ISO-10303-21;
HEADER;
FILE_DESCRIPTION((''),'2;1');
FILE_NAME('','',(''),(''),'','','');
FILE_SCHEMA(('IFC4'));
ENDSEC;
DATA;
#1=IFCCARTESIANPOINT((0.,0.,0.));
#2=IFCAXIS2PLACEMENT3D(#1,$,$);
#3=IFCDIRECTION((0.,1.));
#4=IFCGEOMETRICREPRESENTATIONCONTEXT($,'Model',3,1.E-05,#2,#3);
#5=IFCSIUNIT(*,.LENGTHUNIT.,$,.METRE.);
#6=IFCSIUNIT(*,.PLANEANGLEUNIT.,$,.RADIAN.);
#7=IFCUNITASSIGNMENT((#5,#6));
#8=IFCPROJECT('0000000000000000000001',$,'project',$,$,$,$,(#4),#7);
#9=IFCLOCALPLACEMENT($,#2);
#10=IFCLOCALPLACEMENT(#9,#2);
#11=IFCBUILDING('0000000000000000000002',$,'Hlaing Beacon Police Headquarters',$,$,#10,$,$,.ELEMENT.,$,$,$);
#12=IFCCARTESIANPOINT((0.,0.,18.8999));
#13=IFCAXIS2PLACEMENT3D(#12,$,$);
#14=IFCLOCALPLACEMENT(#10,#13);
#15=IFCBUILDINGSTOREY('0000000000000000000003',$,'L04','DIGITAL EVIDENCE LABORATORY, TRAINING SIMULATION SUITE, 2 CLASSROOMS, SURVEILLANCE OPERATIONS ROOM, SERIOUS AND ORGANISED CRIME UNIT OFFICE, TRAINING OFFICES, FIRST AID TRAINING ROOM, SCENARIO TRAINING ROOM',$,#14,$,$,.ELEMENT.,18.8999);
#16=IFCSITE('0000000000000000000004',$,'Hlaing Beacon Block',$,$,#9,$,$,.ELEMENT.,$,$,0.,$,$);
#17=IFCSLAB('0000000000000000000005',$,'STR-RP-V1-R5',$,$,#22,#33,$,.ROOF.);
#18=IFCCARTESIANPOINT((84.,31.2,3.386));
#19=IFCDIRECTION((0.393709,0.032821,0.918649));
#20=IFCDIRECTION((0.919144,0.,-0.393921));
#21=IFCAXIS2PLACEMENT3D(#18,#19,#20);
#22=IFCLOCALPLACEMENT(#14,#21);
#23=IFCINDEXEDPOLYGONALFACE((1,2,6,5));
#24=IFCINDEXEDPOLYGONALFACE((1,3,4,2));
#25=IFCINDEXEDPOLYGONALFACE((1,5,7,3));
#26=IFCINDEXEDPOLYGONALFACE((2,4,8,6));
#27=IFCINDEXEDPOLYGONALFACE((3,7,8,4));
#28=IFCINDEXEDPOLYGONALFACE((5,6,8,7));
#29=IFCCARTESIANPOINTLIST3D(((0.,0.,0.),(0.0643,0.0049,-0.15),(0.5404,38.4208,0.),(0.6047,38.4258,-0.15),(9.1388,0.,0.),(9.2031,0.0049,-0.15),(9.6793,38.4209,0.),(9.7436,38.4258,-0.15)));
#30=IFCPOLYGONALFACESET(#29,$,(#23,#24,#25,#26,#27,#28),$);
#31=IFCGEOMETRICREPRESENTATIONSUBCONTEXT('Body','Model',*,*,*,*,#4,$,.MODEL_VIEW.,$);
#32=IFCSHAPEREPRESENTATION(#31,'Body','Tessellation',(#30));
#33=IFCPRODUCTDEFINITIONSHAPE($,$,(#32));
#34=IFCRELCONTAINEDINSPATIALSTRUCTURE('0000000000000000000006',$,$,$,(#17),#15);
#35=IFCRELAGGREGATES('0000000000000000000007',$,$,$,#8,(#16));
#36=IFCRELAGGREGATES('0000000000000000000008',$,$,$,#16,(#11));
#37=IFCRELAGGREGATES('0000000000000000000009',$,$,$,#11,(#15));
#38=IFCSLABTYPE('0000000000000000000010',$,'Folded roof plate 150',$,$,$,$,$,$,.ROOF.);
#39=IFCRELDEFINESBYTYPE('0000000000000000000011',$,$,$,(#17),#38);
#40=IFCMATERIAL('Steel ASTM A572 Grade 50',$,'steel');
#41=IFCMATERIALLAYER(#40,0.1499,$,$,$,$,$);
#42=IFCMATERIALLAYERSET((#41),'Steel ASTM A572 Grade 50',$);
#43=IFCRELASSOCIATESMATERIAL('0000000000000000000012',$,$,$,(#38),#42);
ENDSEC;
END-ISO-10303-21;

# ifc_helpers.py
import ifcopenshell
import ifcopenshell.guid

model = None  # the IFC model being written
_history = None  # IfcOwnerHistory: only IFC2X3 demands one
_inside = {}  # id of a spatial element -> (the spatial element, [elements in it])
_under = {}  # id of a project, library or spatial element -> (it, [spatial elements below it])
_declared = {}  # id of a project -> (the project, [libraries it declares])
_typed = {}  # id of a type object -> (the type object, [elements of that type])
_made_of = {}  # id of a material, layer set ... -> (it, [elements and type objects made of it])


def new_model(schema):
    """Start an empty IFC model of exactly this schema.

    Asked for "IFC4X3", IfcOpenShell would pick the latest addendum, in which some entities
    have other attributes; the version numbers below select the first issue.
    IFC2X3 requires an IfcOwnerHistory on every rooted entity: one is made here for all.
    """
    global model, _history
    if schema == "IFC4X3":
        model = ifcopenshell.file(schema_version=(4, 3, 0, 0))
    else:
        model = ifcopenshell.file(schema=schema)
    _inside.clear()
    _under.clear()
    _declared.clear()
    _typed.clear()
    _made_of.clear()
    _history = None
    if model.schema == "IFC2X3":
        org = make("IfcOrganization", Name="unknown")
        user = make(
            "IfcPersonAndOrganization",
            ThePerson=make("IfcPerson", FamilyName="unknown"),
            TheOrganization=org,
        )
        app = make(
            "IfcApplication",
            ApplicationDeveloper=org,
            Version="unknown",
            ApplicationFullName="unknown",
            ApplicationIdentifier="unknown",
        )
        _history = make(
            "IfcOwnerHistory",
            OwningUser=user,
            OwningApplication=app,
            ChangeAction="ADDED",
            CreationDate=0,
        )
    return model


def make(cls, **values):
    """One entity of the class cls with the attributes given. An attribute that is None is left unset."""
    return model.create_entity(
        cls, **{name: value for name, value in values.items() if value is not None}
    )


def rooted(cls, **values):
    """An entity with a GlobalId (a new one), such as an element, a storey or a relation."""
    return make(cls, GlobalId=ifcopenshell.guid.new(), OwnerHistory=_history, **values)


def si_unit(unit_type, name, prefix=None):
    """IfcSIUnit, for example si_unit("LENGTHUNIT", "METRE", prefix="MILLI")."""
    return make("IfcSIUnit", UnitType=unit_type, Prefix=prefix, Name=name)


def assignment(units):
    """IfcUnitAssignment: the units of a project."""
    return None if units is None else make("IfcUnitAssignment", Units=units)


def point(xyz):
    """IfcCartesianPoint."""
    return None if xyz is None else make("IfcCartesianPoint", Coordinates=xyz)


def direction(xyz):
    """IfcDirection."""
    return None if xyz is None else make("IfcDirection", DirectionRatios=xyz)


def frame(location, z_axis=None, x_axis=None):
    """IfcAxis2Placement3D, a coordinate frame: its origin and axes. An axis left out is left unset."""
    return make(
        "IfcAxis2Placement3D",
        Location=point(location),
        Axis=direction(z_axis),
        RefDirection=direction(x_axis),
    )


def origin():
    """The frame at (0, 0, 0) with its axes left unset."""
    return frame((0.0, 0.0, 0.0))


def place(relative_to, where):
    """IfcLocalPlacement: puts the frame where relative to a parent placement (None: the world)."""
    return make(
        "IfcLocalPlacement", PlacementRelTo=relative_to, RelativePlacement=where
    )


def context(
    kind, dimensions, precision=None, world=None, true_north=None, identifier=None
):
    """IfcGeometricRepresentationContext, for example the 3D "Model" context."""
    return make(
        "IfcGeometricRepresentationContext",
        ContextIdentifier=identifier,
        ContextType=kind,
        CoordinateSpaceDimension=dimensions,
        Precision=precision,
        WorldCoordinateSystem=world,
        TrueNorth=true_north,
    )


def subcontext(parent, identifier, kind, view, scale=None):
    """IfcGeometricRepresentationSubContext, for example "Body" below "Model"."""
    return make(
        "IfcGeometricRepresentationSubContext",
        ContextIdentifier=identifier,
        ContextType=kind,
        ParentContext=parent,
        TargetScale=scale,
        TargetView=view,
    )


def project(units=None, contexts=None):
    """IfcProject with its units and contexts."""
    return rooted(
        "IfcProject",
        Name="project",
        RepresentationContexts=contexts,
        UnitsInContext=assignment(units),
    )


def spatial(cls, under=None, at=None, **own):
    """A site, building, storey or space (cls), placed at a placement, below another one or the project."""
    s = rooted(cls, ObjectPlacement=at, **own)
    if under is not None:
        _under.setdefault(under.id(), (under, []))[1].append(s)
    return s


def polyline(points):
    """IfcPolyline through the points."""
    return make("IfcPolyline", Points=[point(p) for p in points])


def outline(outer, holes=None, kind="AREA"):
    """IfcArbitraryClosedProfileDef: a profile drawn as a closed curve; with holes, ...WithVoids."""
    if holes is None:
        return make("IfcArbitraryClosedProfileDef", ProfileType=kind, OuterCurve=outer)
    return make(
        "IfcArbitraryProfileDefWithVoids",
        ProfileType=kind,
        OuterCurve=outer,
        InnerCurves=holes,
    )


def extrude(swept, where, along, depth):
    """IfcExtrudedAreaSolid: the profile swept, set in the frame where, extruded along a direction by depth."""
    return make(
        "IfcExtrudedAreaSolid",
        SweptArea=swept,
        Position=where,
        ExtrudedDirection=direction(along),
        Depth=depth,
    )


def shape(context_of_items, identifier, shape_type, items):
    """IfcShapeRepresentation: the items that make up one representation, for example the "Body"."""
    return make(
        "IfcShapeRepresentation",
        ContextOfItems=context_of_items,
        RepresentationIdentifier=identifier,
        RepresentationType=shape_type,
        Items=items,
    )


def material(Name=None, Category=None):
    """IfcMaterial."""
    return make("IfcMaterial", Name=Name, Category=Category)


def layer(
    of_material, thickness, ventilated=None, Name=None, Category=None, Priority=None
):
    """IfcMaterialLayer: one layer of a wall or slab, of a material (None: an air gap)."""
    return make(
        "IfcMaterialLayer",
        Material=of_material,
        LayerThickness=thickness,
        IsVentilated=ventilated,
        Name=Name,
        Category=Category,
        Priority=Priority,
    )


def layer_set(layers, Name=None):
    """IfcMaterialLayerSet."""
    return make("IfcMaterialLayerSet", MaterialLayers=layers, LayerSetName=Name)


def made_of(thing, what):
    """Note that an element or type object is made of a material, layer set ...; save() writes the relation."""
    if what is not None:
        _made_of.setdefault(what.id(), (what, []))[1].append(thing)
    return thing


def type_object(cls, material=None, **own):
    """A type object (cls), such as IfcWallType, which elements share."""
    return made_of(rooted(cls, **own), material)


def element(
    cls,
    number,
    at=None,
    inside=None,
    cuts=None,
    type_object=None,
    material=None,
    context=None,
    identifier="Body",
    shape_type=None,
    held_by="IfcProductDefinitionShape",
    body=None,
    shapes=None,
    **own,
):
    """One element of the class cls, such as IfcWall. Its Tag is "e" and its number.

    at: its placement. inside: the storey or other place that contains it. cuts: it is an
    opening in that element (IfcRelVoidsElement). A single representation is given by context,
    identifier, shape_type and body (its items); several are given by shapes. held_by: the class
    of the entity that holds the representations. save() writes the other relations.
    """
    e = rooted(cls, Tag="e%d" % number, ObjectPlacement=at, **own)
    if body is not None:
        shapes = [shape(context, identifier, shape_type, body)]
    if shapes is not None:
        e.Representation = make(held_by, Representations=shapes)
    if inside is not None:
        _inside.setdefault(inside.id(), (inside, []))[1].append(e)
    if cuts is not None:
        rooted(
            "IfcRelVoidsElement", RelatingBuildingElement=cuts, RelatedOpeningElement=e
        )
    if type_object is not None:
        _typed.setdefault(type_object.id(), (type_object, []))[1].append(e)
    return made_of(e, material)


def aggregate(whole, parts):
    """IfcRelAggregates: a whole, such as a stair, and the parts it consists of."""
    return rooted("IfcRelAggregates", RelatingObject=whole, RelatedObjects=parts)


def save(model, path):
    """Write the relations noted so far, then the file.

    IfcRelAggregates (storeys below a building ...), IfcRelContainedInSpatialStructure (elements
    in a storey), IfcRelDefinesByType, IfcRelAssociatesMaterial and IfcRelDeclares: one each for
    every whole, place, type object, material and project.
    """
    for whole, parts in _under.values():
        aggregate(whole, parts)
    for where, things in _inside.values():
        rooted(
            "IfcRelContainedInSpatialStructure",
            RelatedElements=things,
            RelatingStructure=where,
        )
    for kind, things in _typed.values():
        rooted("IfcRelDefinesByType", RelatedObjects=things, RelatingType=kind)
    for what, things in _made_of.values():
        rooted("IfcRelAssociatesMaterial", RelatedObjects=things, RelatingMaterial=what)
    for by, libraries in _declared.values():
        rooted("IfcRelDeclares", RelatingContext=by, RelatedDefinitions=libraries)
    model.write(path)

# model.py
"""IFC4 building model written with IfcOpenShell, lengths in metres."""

from ifc_helpers import new_model, si_unit, direction, frame, origin, place, context, subcontext, project, spatial, polyline, outline, extrude, material, layer, layer_set, type_object, element, save


model = new_model("IFC4")

# Units and contexts
model_context = context("Model", 3, precision=1e-05, world=origin(), true_north=direction((0.0, 1.0)))
body_context = subcontext(model_context, "Body", "Model", "MODEL_VIEW")
ifc_project = project(units=[si_unit("LENGTHUNIT", "METRE"), si_unit("PLANEANGLEUNIT", "RADIAN")], contexts=[model_context])

# Site, building, storey
site_placement = place(None, origin())
site = spatial("IfcSite", under=ifc_project, at=site_placement, Name="Hlaing Beacon Block", CompositionType="ELEMENT", RefElevation=0.0)
building_placement = place(site_placement, origin())
building = spatial("IfcBuilding", under=site, at=building_placement, Name="Hlaing Beacon Police Headquarters", CompositionType="ELEMENT")
storey_placement = place(building_placement, frame((0.0, 0.0, 18.8999)))
storey = spatial("IfcBuildingStorey", under=building, at=storey_placement, Name="L04", Description="DIGITAL EVIDENCE LABORATORY, TRAINING SIMULATION SUITE, 2 CLASSROOMS, SURVEILLANCE OPERATIONS ROOM, SERIOUS AND ORGANISED CRIME UNIT OFFICE, TRAINING OFFICES, FIRST AID TRAINING ROOM, SCENARIO TRAINING ROOM", CompositionType="ELEMENT", Elevation=18.8999)

# Slab
ifc_material_1 = material(Name="Steel ASTM A572 Grade 50", Category="steel")
ifc_layer_1 = layer(ifc_material_1, 0.1499)
ifc_layer_set_1 = layer_set([ifc_layer_1], Name="Steel ASTM A572 Grade 50")
slab_type = type_object("IfcSlabType", Name="Folded roof plate 150", PredefinedType="ROOF", material=ifc_layer_set_1)
slab_1_placement = place(storey_placement, frame((84.0, 31.2, 3.386), z_axis=(0.393709, 0.032821, 0.918649), x_axis=(0.919144, 0.0, -0.393921)))
element("IfcSlab", 1, at=slab_1_placement, inside=storey, type_object=slab_type, Name="STR-RP-V1-R5", PredefinedType="ROOF", context=body_context, shape_type="SweptSolid", body=[
    extrude(outline(polyline([(0.0, 0.0), (9.1388, 0.0), (9.6793, 38.4209), (0.5404, 38.4208), (0.0, 0.0)])), origin(), (0.393921, 0.030168, -0.918649), 0.1633),
])

save(model, "model.ifc")
